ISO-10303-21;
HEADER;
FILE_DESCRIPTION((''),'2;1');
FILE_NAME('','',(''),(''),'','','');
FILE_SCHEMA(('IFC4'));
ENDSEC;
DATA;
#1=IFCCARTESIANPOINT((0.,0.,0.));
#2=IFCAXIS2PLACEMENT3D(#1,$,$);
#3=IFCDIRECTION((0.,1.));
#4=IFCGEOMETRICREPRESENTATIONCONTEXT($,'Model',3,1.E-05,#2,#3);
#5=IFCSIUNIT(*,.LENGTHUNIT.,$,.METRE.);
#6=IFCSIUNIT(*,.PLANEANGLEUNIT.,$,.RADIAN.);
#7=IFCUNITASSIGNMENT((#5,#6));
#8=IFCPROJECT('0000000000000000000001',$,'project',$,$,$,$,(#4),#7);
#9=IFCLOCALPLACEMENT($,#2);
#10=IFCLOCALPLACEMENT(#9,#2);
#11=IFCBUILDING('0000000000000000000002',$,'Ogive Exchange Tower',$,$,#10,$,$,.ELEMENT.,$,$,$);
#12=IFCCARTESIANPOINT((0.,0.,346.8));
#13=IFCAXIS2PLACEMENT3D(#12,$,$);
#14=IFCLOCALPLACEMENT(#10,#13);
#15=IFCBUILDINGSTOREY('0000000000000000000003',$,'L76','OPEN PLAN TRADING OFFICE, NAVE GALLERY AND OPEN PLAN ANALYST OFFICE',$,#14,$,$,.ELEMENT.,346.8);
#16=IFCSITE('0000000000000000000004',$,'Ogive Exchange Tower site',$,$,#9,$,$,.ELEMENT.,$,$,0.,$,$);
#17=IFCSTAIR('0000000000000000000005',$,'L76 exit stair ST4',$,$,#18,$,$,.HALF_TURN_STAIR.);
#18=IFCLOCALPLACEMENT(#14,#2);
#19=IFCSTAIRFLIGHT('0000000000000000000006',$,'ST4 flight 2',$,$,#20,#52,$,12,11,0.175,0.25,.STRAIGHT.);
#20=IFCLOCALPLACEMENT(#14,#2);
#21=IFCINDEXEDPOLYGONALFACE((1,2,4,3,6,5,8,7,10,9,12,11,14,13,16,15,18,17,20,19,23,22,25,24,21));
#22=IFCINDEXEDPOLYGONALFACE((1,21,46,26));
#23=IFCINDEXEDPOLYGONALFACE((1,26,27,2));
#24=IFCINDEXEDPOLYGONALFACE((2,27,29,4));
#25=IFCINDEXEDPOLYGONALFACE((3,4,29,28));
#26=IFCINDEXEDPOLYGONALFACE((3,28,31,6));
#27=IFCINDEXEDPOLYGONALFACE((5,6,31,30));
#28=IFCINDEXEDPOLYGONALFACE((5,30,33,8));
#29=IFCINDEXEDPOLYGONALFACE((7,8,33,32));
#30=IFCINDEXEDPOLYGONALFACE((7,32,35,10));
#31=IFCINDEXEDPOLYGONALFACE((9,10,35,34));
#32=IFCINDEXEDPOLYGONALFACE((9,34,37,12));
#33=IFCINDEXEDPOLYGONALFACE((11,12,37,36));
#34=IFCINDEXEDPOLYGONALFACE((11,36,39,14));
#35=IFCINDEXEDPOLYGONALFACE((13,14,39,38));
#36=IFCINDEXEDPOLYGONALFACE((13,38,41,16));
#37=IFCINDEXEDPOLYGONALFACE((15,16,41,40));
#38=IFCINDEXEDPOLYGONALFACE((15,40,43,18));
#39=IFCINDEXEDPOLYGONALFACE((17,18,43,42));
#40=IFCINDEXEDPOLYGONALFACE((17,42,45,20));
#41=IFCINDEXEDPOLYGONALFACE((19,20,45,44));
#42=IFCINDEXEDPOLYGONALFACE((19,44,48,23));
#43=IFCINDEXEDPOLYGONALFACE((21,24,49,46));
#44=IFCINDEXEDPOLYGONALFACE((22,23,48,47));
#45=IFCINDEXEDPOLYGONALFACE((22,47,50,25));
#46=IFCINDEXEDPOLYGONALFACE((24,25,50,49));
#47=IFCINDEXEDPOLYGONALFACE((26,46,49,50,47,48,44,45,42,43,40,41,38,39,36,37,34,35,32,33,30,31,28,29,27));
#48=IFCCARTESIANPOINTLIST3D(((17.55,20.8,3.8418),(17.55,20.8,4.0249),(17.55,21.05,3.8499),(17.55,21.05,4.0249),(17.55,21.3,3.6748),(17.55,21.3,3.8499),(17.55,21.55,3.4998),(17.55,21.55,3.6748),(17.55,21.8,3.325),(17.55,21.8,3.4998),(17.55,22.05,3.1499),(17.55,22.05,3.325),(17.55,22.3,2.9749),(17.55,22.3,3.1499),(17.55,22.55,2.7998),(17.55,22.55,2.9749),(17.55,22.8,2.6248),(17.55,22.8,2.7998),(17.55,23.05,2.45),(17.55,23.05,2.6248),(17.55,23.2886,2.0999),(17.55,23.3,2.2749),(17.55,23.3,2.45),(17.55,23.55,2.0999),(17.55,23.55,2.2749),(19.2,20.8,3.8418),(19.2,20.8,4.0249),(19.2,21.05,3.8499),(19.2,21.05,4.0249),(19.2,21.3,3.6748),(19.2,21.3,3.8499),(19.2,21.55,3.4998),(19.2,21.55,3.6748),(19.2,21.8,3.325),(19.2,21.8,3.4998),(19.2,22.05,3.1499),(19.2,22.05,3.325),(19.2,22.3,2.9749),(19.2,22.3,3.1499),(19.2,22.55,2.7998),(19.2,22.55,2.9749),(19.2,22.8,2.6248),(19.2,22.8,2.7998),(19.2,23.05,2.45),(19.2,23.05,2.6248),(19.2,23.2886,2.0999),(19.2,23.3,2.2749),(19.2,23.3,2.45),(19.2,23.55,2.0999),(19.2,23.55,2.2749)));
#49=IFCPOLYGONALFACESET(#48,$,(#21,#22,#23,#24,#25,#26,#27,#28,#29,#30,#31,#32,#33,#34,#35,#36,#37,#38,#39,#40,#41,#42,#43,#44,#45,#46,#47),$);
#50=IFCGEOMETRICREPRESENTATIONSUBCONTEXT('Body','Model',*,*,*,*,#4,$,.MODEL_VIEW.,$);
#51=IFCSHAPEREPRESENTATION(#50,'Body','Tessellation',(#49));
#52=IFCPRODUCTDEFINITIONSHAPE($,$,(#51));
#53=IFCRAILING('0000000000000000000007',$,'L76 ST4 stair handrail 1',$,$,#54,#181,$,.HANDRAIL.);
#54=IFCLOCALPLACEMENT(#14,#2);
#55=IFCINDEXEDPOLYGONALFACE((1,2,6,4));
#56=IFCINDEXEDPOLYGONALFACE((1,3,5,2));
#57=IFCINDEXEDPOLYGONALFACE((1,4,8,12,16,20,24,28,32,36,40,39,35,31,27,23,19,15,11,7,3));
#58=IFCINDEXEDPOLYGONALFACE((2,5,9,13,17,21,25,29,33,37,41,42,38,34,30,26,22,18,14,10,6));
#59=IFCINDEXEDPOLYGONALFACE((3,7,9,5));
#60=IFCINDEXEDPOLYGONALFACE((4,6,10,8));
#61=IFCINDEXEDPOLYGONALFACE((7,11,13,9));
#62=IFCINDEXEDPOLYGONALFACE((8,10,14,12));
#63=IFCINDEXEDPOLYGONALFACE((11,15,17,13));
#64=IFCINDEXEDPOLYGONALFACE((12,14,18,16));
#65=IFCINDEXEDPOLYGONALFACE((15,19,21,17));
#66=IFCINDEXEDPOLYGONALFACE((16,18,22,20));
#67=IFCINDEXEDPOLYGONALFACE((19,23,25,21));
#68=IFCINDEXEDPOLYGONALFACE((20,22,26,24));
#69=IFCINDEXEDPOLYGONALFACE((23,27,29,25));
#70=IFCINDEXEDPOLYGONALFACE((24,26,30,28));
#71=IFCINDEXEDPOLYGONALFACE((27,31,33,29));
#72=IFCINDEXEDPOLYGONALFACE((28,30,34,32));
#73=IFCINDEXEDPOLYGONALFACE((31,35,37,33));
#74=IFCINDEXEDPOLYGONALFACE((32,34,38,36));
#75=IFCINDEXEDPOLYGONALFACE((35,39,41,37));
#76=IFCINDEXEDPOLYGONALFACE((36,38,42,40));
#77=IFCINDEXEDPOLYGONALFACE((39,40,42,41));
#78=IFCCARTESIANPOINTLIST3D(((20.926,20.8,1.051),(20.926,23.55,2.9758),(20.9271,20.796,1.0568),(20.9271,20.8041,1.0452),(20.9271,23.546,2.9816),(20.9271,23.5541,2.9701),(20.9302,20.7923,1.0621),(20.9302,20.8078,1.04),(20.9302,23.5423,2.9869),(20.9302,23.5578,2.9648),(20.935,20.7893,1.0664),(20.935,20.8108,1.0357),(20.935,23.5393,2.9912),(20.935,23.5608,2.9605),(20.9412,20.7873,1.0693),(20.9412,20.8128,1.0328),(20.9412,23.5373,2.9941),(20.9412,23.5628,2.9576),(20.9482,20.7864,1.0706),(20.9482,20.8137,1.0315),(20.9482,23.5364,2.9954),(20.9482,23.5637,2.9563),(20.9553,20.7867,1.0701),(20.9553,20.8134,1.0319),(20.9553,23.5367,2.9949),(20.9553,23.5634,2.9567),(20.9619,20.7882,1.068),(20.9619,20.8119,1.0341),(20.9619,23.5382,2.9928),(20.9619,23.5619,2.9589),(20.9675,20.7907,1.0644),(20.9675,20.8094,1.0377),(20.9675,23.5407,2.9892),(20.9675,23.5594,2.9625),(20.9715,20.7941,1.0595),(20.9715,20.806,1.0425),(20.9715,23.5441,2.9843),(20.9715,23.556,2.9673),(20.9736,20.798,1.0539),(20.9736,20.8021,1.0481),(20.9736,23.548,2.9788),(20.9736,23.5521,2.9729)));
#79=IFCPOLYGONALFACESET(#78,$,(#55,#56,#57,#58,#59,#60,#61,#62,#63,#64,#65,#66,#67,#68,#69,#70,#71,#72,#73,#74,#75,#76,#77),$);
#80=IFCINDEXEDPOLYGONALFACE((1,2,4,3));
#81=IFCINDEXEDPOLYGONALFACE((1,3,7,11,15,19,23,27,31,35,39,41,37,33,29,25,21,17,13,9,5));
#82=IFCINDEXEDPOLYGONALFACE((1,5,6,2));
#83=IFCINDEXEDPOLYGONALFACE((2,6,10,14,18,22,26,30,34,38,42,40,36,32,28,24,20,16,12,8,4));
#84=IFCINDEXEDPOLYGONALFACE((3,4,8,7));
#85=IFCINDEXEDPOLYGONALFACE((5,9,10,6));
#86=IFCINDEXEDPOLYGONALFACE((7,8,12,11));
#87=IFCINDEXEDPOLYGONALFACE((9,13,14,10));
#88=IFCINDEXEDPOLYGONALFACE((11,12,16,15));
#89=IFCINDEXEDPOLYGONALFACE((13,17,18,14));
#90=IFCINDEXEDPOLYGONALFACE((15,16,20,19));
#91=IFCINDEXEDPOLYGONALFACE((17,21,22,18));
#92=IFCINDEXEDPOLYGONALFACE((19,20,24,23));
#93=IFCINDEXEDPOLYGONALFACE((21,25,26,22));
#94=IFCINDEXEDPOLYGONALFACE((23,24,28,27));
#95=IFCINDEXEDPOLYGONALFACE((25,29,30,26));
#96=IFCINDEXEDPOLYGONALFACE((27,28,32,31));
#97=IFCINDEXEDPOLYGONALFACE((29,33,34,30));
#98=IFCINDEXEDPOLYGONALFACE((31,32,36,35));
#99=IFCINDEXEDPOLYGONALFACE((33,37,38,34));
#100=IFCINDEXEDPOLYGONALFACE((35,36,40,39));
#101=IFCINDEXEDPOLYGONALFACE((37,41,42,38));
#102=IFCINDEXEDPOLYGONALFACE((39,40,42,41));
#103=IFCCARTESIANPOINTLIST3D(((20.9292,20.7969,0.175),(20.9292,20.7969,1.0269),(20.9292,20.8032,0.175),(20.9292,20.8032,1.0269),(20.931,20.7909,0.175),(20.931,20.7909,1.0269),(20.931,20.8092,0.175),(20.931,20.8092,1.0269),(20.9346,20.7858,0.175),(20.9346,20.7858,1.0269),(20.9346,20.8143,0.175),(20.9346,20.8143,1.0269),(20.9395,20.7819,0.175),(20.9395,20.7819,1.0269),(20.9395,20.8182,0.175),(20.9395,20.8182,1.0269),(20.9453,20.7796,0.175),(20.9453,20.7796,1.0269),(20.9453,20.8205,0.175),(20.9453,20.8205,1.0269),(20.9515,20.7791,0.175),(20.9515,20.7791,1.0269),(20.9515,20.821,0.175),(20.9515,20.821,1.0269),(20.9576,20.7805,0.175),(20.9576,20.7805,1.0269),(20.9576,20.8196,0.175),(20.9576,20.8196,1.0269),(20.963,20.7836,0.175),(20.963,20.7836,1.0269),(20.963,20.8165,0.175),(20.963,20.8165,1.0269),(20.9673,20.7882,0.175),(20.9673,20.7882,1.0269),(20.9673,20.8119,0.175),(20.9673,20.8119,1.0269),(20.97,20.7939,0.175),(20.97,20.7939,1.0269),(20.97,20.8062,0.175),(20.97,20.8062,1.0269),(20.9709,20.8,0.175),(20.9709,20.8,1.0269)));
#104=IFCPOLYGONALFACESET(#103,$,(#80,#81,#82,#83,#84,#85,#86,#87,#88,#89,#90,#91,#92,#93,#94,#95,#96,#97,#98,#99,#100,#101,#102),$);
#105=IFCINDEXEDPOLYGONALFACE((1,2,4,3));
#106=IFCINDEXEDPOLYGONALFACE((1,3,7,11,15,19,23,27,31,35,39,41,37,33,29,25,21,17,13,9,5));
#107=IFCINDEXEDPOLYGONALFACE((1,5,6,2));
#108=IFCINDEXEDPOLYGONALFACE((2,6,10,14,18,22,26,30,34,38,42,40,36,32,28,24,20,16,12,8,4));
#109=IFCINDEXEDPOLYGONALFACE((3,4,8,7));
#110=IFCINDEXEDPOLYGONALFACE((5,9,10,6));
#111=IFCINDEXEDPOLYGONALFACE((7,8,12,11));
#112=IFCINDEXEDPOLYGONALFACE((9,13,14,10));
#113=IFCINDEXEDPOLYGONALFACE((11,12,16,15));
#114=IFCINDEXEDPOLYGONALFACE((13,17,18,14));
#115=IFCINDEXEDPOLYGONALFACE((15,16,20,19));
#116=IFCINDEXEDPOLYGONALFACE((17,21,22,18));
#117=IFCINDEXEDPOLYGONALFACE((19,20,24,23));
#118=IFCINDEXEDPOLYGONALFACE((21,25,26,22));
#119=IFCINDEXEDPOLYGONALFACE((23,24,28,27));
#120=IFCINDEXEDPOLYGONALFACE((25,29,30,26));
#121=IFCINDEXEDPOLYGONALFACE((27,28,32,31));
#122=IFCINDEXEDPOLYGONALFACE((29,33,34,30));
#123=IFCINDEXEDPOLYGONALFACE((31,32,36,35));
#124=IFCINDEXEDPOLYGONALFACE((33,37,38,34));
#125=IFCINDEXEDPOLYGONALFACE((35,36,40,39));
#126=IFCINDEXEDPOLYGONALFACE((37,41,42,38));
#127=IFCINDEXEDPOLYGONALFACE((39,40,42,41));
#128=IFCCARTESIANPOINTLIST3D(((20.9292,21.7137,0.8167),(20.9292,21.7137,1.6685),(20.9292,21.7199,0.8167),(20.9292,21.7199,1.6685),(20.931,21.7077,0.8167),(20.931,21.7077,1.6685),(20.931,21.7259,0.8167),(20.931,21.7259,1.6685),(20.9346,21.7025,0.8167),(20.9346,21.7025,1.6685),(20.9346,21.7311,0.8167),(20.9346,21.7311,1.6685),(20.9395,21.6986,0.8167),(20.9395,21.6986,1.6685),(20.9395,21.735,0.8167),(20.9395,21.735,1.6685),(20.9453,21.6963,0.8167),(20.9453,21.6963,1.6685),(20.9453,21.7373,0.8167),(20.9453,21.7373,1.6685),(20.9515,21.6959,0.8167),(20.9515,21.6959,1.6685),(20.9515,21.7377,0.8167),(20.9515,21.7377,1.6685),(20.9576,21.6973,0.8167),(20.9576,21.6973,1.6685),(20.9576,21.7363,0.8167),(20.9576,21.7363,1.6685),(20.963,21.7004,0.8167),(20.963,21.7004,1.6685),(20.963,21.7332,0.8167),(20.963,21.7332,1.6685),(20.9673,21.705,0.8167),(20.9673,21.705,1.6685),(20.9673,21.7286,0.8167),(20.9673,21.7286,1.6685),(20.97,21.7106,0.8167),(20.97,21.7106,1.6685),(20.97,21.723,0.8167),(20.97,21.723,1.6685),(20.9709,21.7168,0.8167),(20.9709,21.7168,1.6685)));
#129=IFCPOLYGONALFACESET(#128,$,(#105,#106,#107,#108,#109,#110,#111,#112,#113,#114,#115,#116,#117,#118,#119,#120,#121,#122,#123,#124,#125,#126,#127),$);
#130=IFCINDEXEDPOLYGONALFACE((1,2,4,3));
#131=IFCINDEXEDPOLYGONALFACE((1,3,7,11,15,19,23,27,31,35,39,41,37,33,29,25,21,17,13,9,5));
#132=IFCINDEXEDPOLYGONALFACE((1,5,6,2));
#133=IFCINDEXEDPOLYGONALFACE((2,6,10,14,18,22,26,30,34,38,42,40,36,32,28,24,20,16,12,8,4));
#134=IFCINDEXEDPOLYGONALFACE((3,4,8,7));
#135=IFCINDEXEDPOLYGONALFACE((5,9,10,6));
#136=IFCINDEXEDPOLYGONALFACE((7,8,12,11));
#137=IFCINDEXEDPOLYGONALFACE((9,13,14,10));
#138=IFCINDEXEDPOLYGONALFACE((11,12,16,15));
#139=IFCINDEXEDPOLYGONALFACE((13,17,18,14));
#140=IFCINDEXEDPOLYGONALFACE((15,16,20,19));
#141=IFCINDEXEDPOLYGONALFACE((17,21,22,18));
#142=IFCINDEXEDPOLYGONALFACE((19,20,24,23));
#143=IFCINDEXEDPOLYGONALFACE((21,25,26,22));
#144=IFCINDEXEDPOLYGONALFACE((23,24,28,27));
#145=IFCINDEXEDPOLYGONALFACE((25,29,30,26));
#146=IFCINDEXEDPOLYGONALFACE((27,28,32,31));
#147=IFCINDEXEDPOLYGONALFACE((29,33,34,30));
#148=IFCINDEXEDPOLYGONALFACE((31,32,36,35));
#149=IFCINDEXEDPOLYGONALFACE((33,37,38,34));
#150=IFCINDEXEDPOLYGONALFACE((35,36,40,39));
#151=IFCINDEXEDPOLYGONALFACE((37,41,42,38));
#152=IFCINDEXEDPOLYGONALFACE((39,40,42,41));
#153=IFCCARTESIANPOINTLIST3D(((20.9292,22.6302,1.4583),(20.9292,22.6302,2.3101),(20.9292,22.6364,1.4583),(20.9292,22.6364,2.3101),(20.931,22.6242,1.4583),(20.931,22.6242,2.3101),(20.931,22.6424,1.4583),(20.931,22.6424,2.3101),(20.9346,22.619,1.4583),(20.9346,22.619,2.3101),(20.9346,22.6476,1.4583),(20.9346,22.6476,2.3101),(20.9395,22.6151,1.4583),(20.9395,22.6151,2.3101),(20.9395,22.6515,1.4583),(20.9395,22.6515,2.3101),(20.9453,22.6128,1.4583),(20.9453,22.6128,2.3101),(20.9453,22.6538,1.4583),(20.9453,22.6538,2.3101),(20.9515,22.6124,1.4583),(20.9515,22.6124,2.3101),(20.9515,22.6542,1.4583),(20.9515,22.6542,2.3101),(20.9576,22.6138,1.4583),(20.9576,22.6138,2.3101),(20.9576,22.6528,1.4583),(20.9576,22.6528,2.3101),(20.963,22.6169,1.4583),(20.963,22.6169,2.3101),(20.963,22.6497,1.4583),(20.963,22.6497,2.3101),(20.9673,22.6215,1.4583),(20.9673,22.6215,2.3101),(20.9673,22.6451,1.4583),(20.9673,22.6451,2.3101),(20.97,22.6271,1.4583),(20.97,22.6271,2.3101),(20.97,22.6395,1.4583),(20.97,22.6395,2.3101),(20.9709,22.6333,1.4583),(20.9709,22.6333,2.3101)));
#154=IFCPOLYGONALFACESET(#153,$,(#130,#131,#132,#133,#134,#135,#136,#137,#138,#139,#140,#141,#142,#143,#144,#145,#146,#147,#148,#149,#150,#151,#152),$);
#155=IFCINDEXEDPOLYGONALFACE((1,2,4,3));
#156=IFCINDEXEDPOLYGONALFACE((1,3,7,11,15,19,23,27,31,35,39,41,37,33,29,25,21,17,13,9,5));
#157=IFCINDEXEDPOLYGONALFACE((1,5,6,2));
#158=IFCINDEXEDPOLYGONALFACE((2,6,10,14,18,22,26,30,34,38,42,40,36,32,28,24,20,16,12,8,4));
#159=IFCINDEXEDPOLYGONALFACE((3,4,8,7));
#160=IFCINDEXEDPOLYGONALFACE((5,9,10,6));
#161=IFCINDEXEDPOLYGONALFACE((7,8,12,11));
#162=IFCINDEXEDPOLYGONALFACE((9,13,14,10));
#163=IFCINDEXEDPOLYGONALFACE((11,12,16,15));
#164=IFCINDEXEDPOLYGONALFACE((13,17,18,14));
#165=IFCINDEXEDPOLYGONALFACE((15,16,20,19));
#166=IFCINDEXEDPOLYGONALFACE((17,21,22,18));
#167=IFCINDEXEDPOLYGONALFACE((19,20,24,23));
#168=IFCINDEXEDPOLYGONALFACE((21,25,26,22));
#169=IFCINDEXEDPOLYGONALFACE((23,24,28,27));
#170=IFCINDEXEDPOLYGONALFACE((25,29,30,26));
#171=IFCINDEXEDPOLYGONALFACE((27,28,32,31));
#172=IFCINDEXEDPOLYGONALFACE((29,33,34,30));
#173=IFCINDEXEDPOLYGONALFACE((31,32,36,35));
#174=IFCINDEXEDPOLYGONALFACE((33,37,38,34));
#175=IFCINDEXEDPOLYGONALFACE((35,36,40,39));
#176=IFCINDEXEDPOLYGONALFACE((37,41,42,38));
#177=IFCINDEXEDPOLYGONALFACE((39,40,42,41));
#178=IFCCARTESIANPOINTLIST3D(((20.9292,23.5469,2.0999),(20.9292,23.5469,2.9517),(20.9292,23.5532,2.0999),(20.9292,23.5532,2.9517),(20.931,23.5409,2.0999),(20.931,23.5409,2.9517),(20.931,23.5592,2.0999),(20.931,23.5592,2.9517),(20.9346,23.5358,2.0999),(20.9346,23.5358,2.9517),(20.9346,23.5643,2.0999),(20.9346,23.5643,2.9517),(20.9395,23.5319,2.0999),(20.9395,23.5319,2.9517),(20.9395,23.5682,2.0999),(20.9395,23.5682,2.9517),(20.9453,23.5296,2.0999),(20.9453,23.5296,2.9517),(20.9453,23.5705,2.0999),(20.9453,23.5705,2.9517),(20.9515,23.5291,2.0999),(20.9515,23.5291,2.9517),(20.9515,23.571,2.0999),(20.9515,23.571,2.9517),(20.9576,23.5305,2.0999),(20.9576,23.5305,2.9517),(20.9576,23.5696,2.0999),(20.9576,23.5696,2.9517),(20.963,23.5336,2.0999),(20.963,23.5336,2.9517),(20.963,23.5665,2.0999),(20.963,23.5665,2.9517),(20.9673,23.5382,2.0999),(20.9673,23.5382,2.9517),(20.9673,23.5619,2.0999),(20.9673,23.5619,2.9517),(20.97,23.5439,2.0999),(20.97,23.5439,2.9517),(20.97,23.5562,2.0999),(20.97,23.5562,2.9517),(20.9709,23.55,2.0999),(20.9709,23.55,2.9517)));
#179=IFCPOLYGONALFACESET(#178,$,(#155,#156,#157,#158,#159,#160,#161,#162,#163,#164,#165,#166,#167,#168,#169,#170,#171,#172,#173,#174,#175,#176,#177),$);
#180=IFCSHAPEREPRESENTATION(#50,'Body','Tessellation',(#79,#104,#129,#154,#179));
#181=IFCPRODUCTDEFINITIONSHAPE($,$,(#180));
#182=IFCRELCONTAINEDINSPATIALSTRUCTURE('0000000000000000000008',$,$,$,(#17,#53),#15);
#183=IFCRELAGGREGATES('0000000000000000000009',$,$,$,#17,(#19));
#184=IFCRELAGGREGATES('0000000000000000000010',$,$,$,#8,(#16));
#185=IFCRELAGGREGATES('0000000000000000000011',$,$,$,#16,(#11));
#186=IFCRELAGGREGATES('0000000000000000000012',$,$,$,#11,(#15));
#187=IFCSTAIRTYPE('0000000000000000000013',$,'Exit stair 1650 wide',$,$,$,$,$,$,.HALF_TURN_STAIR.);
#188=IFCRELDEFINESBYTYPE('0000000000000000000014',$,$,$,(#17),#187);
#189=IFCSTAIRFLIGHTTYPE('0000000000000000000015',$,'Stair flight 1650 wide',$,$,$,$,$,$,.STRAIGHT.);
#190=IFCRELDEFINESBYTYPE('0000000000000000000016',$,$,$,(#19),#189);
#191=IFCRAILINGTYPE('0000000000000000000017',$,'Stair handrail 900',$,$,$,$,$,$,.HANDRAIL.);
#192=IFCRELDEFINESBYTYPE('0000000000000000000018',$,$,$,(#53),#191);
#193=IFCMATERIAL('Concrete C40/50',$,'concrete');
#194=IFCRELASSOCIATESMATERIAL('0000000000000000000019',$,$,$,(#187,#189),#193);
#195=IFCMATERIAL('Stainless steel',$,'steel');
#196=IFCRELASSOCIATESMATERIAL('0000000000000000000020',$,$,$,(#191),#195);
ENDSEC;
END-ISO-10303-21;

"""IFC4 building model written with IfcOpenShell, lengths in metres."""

from ifc_helpers import new_model, si_unit, direction, frame, origin, origin_2d, place, context, subcontext, project, spatial, polyline, circle, outline, extrude, material, type_object, element, aggregate, save


model = new_model("IFC4")

# Units and contexts
model_context = context("Model", 3, precision=1e-05, world=origin(), true_north=direction((0.0, 1.0)))
body_context = subcontext(model_context, "Body", "Model", "MODEL_VIEW")
ifc_project = project(units=[si_unit("LENGTHUNIT", "METRE"), si_unit("PLANEANGLEUNIT", "RADIAN")], contexts=[model_context])

# Site, building, storey
site_placement = place(None, origin())
site = spatial("IfcSite", under=ifc_project, at=site_placement, Name="Ogive Exchange Tower site", CompositionType="ELEMENT", RefElevation=0.0)
building_placement = place(site_placement, origin())
building = spatial("IfcBuilding", under=site, at=building_placement, Name="Ogive Exchange Tower", CompositionType="ELEMENT")
storey_placement = place(building_placement, frame((0.0, 0.0, 346.8)))
storey = spatial("IfcBuildingStorey", under=building, at=storey_placement, Name="L76", Description="OPEN PLAN TRADING OFFICE, NAVE GALLERY AND OPEN PLAN ANALYST OFFICE", CompositionType="ELEMENT", Elevation=346.8)

# Stair, stair flight
ifc_material_1 = material(Name="Concrete C40/50", Category="concrete")
stair_type = type_object("IfcStairType", Name="Exit stair 1650 wide", PredefinedType="HALF_TURN_STAIR", material=ifc_material_1)
stair_placement = place(storey_placement, origin())
stair = element("IfcStair", 1, at=stair_placement, inside=storey, type_object=stair_type, Name="L76 exit stair ST4", PredefinedType="HALF_TURN_STAIR")
stair_flight_type = type_object("IfcStairFlightType", Name="Stair flight 1650 wide", PredefinedType="STRAIGHT", material=ifc_material_1)
stair_flight_1_placement = place(storey_placement, frame((18.375, 23.55, 2.0999), z_axis=(0.0, 0.0, 1.0), x_axis=(0.0, -1.0, 0.0)))
stair_flight_1 = element("IfcStairFlight", 2, at=stair_flight_1_placement, type_object=stair_flight_type, Name="ST4 flight 2", NumberOfRisers=12, NumberOfTreads=11, PredefinedType="STRAIGHT", RiserHeight=0.175, TreadLength=0.25, context=body_context, shape_type="SweptSolid", body=[
    extrude(outline(polyline([(0.0, 0.0), (0.0, 0.175), (0.25, 0.175), (0.25, 0.3501), (0.5, 0.3501), (0.5, 0.5249), (0.75, 0.5249), (0.75, 0.7), (1.0, 0.7), (1.0, 0.875), (1.25, 0.875), (1.25, 1.05), (1.5, 1.05), (1.5, 1.2251), (1.75, 1.2251), (1.75, 1.3999), (2.0, 1.3999), (2.0, 1.575), (2.25, 1.575), (2.25, 1.75), (2.5, 1.75), (2.5, 1.925), (2.75, 1.925), (2.75, 2.1001), (2.75, 1.7419), (0.2615, 0.0), (0.0, 0.0)])), frame((0.0, 0.825, 0.0), z_axis=(0.0, -1.0, 0.0), x_axis=(1.0, 0.0, 0.0)), (0.0, 0.0, 1.0), 1.6499),
])
aggregate(stair, [stair_flight_1])

# Railing
ifc_material_2 = material(Name="Stainless steel", Category="steel")
railing_type = type_object("IfcRailingType", Name="Stair handrail 900", PredefinedType="HANDRAIL", material=ifc_material_2)
railing_1_placement = place(storey_placement, frame((20.95, 20.8, 0.175)))
element("IfcRailing", 3, at=railing_1_placement, inside=storey, type_object=railing_type, Name="L76 ST4 stair handrail 1", PredefinedType="HANDRAIL", context=body_context, shape_type="SweptSolid", body=[
    extrude(circle(Radius=0.0239, at=origin_2d()), frame((0.0, 0.0, 0.876), z_axis=(0.0, 0.819259, 0.573423), x_axis=(-1.0, 0.0, 0.0)), (0.0, 0.0, 1.0), 3.3567),
    extrude(circle(Radius=0.021, at=origin_2d()), origin(), (0.0, 0.0, 1.0), 0.8518),
    extrude(circle(Radius=0.021, at=origin_2d()), frame((0.0, 0.9167, 0.6416)), (0.0, 0.0, 1.0), 0.8518),
    extrude(circle(Radius=0.021, at=origin_2d()), frame((0.0, 1.8333, 1.2832)), (0.0, 0.0, 1.0), 0.8518),
    extrude(circle(Radius=0.021, at=origin_2d()), frame((0.0, 2.75, 1.9248)), (0.0, 0.0, 1.0), 0.8518),
])

save(model, "model.ifc")
